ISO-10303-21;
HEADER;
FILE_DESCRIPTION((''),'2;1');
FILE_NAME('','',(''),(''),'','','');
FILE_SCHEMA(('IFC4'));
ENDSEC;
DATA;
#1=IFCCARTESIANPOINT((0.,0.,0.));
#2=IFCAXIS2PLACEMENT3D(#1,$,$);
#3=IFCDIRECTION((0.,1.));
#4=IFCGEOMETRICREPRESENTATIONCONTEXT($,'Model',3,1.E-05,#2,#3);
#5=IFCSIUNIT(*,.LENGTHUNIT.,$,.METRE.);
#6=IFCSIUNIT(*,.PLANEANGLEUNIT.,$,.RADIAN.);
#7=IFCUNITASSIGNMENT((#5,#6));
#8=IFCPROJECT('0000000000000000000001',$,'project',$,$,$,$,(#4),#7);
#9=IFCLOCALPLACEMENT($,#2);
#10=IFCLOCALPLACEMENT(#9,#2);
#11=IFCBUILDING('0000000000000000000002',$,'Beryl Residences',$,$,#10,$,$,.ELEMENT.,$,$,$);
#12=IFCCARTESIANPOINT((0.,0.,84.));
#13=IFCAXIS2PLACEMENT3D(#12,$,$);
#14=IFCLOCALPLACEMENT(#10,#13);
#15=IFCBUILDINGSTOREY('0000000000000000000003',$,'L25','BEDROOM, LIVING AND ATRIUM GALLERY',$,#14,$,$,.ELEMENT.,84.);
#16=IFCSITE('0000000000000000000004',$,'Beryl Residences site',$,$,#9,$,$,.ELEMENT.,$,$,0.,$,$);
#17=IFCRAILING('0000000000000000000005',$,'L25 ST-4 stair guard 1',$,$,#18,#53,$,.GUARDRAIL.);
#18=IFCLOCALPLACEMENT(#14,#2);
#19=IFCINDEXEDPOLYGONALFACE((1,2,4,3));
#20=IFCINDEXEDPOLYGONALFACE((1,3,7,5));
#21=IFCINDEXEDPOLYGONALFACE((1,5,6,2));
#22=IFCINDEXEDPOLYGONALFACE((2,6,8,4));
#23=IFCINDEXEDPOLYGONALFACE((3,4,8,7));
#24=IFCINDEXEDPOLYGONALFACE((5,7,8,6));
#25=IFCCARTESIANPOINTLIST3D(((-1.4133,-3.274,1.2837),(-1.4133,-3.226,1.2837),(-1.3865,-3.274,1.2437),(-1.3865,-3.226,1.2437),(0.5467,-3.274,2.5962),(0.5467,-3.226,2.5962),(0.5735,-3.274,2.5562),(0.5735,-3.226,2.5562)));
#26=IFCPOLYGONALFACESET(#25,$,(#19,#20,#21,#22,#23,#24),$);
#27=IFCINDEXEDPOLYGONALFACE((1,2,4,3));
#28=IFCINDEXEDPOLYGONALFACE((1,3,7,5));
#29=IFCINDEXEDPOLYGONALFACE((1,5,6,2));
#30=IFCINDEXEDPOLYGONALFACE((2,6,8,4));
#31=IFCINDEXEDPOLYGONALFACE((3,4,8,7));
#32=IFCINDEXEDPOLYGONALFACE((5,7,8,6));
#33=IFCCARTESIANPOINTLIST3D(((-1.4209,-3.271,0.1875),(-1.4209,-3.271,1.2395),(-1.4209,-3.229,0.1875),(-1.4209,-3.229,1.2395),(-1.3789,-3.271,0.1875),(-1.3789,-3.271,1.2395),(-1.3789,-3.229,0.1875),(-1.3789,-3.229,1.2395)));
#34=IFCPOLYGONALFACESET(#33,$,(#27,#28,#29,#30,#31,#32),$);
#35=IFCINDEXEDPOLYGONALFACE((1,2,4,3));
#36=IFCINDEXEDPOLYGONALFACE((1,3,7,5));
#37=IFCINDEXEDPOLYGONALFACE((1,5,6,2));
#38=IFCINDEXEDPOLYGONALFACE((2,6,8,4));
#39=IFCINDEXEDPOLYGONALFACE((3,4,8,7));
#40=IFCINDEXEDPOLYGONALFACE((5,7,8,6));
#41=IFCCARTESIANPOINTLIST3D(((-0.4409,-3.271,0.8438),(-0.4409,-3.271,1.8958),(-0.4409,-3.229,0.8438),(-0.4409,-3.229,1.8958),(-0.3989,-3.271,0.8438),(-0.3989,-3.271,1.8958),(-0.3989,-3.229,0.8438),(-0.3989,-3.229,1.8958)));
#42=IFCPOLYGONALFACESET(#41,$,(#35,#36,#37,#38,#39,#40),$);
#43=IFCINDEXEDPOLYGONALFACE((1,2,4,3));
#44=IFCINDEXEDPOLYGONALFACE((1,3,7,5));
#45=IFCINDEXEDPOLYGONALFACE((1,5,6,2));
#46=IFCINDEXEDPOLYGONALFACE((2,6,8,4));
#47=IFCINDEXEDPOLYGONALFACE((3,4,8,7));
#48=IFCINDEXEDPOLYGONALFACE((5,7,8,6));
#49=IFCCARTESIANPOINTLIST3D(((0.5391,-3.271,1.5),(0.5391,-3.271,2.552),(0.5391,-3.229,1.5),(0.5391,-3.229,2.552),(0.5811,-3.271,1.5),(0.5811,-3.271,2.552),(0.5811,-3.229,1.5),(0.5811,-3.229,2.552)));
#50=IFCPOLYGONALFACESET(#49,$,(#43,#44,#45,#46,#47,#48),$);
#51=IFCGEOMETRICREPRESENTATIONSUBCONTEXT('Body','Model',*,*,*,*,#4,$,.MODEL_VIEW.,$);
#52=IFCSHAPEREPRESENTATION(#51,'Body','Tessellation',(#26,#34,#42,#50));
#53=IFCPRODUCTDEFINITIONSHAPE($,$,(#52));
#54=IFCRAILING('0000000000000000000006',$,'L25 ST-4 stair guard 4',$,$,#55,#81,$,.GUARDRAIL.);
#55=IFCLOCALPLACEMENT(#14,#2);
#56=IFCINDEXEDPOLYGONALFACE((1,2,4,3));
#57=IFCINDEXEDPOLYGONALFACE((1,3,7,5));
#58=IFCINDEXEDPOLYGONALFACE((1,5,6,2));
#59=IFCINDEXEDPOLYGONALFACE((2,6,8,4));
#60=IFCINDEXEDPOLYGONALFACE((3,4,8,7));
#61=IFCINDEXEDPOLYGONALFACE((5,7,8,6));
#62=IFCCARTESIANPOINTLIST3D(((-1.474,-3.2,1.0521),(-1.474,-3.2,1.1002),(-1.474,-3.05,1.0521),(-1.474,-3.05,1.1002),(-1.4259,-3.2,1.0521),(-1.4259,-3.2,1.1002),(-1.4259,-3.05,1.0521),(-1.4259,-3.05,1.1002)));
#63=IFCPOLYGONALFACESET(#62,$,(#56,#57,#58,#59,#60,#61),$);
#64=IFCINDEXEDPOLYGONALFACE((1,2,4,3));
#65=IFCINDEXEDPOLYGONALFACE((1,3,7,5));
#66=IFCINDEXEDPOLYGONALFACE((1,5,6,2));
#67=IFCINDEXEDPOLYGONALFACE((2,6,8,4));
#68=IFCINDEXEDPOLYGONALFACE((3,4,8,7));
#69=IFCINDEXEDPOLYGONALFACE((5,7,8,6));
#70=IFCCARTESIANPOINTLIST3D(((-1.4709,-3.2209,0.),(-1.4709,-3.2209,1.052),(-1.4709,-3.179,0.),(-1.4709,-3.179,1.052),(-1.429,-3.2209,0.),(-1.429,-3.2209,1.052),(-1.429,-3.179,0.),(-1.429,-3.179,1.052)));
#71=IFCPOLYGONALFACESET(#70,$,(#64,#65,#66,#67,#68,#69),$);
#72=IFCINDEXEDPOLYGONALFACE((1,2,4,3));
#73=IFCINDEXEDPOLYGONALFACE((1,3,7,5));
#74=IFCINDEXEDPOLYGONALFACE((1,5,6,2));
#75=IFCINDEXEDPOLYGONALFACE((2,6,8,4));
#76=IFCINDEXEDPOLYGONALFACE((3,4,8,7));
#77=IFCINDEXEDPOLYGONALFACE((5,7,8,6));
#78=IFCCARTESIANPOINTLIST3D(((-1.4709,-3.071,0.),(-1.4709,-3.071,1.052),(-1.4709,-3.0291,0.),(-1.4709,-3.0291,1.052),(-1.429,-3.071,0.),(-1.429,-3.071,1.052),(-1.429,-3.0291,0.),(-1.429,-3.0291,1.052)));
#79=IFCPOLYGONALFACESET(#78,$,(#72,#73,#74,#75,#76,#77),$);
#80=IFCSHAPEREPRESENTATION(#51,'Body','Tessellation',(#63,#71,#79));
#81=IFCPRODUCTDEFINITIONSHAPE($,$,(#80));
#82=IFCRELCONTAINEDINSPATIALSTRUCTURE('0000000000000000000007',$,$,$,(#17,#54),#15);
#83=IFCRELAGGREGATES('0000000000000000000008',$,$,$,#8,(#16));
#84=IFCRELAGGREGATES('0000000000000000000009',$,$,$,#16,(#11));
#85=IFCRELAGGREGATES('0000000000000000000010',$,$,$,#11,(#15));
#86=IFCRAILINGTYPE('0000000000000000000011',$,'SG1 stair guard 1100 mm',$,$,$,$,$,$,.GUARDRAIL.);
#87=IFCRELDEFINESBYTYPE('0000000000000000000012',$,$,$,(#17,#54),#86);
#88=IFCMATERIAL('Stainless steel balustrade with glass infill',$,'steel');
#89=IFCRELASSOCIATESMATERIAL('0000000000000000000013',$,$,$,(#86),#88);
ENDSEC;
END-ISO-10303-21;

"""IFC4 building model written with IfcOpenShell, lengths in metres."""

from ifc_helpers import new_model, si_unit, direction, frame, origin, origin_2d, place, context, subcontext, project, spatial, rectangle, extrude, material, type_object, element, save


model = new_model("IFC4")

# Units and contexts
model_context = context("Model", 3, precision=1e-05, world=origin(), true_north=direction((0.0, 1.0)))
body_context = subcontext(model_context, "Body", "Model", "MODEL_VIEW")
ifc_project = project(units=[si_unit("LENGTHUNIT", "METRE"), si_unit("PLANEANGLEUNIT", "RADIAN")], contexts=[model_context])

# Site, building, storey
site_placement = place(None, origin())
site = spatial("IfcSite", under=ifc_project, at=site_placement, Name="Beryl Residences site", CompositionType="ELEMENT", RefElevation=0.0)
building_placement = place(site_placement, origin())
building = spatial("IfcBuilding", under=site, at=building_placement, Name="Beryl Residences", CompositionType="ELEMENT")
storey_placement = place(building_placement, frame((0.0, 0.0, 84.0)))
storey = spatial("IfcBuildingStorey", under=building, at=storey_placement, Name="L25", Description="BEDROOM, LIVING AND ATRIUM GALLERY", CompositionType="ELEMENT", Elevation=84.0)

# Railings
ifc_material_1 = material(Name="Stainless steel balustrade with glass infill", Category="steel")
railing_type = type_object("IfcRailingType", Name="SG1 stair guard 1100 mm", PredefinedType="GUARDRAIL", material=ifc_material_1)
railing_1_placement = place(storey_placement, frame((-1.3999, -3.25, 0.1875)))
element("IfcRailing", 1, at=railing_1_placement, inside=storey, type_object=railing_type, Name="L25 ST-4 stair guard 1", PredefinedType="GUARDRAIL", context=body_context, shape_type="SweptSolid", body=[
    extrude(rectangle(XDim=0.0481, YDim=0.0481, at=origin_2d()), frame((0.0, 0.0, 1.0762), z_axis=(0.830902, 0.0, 0.556419), x_axis=(0.0, 1.0, 0.0)), (0.0, 0.0, 1.0), 2.3589),
    extrude(rectangle(XDim=0.042, YDim=0.042, at=origin_2d()), origin(), (0.0, 0.0, 1.0), 1.052),
    extrude(rectangle(XDim=0.042, YDim=0.042, at=origin_2d()), frame((0.98, 0.0, 0.6562)), (0.0, 0.0, 1.0), 1.052),
    extrude(rectangle(XDim=0.042, YDim=0.042, at=origin_2d()), frame((1.96, 0.0, 1.3125)), (0.0, 0.0, 1.0), 1.052),
])
railing_2_placement = place(storey_placement, frame((-1.45, -3.2, 0.0)))
element("IfcRailing", 2, at=railing_2_placement, inside=storey, type_object=railing_type, Name="L25 ST-4 stair guard 4", PredefinedType="GUARDRAIL", context=body_context, shape_type="SweptSolid", body=[
    extrude(rectangle(XDim=0.0481, YDim=0.0481, at=origin_2d()), frame((0.0, 0.0, 1.0762), z_axis=(0.0, 1.0, 0.0), x_axis=(-1.0, 0.0, 0.0)), (0.0, 0.0, 1.0), 0.1499),
    extrude(rectangle(XDim=0.042, YDim=0.042, at=origin_2d()), origin(), (0.0, 0.0, 1.0), 1.052),
    extrude(rectangle(XDim=0.042, YDim=0.042, at=origin_2d()), frame((0.0, 0.1499, 0.0)), (0.0, 0.0, 1.0), 1.052),
])

save(model, "model.ifc")
